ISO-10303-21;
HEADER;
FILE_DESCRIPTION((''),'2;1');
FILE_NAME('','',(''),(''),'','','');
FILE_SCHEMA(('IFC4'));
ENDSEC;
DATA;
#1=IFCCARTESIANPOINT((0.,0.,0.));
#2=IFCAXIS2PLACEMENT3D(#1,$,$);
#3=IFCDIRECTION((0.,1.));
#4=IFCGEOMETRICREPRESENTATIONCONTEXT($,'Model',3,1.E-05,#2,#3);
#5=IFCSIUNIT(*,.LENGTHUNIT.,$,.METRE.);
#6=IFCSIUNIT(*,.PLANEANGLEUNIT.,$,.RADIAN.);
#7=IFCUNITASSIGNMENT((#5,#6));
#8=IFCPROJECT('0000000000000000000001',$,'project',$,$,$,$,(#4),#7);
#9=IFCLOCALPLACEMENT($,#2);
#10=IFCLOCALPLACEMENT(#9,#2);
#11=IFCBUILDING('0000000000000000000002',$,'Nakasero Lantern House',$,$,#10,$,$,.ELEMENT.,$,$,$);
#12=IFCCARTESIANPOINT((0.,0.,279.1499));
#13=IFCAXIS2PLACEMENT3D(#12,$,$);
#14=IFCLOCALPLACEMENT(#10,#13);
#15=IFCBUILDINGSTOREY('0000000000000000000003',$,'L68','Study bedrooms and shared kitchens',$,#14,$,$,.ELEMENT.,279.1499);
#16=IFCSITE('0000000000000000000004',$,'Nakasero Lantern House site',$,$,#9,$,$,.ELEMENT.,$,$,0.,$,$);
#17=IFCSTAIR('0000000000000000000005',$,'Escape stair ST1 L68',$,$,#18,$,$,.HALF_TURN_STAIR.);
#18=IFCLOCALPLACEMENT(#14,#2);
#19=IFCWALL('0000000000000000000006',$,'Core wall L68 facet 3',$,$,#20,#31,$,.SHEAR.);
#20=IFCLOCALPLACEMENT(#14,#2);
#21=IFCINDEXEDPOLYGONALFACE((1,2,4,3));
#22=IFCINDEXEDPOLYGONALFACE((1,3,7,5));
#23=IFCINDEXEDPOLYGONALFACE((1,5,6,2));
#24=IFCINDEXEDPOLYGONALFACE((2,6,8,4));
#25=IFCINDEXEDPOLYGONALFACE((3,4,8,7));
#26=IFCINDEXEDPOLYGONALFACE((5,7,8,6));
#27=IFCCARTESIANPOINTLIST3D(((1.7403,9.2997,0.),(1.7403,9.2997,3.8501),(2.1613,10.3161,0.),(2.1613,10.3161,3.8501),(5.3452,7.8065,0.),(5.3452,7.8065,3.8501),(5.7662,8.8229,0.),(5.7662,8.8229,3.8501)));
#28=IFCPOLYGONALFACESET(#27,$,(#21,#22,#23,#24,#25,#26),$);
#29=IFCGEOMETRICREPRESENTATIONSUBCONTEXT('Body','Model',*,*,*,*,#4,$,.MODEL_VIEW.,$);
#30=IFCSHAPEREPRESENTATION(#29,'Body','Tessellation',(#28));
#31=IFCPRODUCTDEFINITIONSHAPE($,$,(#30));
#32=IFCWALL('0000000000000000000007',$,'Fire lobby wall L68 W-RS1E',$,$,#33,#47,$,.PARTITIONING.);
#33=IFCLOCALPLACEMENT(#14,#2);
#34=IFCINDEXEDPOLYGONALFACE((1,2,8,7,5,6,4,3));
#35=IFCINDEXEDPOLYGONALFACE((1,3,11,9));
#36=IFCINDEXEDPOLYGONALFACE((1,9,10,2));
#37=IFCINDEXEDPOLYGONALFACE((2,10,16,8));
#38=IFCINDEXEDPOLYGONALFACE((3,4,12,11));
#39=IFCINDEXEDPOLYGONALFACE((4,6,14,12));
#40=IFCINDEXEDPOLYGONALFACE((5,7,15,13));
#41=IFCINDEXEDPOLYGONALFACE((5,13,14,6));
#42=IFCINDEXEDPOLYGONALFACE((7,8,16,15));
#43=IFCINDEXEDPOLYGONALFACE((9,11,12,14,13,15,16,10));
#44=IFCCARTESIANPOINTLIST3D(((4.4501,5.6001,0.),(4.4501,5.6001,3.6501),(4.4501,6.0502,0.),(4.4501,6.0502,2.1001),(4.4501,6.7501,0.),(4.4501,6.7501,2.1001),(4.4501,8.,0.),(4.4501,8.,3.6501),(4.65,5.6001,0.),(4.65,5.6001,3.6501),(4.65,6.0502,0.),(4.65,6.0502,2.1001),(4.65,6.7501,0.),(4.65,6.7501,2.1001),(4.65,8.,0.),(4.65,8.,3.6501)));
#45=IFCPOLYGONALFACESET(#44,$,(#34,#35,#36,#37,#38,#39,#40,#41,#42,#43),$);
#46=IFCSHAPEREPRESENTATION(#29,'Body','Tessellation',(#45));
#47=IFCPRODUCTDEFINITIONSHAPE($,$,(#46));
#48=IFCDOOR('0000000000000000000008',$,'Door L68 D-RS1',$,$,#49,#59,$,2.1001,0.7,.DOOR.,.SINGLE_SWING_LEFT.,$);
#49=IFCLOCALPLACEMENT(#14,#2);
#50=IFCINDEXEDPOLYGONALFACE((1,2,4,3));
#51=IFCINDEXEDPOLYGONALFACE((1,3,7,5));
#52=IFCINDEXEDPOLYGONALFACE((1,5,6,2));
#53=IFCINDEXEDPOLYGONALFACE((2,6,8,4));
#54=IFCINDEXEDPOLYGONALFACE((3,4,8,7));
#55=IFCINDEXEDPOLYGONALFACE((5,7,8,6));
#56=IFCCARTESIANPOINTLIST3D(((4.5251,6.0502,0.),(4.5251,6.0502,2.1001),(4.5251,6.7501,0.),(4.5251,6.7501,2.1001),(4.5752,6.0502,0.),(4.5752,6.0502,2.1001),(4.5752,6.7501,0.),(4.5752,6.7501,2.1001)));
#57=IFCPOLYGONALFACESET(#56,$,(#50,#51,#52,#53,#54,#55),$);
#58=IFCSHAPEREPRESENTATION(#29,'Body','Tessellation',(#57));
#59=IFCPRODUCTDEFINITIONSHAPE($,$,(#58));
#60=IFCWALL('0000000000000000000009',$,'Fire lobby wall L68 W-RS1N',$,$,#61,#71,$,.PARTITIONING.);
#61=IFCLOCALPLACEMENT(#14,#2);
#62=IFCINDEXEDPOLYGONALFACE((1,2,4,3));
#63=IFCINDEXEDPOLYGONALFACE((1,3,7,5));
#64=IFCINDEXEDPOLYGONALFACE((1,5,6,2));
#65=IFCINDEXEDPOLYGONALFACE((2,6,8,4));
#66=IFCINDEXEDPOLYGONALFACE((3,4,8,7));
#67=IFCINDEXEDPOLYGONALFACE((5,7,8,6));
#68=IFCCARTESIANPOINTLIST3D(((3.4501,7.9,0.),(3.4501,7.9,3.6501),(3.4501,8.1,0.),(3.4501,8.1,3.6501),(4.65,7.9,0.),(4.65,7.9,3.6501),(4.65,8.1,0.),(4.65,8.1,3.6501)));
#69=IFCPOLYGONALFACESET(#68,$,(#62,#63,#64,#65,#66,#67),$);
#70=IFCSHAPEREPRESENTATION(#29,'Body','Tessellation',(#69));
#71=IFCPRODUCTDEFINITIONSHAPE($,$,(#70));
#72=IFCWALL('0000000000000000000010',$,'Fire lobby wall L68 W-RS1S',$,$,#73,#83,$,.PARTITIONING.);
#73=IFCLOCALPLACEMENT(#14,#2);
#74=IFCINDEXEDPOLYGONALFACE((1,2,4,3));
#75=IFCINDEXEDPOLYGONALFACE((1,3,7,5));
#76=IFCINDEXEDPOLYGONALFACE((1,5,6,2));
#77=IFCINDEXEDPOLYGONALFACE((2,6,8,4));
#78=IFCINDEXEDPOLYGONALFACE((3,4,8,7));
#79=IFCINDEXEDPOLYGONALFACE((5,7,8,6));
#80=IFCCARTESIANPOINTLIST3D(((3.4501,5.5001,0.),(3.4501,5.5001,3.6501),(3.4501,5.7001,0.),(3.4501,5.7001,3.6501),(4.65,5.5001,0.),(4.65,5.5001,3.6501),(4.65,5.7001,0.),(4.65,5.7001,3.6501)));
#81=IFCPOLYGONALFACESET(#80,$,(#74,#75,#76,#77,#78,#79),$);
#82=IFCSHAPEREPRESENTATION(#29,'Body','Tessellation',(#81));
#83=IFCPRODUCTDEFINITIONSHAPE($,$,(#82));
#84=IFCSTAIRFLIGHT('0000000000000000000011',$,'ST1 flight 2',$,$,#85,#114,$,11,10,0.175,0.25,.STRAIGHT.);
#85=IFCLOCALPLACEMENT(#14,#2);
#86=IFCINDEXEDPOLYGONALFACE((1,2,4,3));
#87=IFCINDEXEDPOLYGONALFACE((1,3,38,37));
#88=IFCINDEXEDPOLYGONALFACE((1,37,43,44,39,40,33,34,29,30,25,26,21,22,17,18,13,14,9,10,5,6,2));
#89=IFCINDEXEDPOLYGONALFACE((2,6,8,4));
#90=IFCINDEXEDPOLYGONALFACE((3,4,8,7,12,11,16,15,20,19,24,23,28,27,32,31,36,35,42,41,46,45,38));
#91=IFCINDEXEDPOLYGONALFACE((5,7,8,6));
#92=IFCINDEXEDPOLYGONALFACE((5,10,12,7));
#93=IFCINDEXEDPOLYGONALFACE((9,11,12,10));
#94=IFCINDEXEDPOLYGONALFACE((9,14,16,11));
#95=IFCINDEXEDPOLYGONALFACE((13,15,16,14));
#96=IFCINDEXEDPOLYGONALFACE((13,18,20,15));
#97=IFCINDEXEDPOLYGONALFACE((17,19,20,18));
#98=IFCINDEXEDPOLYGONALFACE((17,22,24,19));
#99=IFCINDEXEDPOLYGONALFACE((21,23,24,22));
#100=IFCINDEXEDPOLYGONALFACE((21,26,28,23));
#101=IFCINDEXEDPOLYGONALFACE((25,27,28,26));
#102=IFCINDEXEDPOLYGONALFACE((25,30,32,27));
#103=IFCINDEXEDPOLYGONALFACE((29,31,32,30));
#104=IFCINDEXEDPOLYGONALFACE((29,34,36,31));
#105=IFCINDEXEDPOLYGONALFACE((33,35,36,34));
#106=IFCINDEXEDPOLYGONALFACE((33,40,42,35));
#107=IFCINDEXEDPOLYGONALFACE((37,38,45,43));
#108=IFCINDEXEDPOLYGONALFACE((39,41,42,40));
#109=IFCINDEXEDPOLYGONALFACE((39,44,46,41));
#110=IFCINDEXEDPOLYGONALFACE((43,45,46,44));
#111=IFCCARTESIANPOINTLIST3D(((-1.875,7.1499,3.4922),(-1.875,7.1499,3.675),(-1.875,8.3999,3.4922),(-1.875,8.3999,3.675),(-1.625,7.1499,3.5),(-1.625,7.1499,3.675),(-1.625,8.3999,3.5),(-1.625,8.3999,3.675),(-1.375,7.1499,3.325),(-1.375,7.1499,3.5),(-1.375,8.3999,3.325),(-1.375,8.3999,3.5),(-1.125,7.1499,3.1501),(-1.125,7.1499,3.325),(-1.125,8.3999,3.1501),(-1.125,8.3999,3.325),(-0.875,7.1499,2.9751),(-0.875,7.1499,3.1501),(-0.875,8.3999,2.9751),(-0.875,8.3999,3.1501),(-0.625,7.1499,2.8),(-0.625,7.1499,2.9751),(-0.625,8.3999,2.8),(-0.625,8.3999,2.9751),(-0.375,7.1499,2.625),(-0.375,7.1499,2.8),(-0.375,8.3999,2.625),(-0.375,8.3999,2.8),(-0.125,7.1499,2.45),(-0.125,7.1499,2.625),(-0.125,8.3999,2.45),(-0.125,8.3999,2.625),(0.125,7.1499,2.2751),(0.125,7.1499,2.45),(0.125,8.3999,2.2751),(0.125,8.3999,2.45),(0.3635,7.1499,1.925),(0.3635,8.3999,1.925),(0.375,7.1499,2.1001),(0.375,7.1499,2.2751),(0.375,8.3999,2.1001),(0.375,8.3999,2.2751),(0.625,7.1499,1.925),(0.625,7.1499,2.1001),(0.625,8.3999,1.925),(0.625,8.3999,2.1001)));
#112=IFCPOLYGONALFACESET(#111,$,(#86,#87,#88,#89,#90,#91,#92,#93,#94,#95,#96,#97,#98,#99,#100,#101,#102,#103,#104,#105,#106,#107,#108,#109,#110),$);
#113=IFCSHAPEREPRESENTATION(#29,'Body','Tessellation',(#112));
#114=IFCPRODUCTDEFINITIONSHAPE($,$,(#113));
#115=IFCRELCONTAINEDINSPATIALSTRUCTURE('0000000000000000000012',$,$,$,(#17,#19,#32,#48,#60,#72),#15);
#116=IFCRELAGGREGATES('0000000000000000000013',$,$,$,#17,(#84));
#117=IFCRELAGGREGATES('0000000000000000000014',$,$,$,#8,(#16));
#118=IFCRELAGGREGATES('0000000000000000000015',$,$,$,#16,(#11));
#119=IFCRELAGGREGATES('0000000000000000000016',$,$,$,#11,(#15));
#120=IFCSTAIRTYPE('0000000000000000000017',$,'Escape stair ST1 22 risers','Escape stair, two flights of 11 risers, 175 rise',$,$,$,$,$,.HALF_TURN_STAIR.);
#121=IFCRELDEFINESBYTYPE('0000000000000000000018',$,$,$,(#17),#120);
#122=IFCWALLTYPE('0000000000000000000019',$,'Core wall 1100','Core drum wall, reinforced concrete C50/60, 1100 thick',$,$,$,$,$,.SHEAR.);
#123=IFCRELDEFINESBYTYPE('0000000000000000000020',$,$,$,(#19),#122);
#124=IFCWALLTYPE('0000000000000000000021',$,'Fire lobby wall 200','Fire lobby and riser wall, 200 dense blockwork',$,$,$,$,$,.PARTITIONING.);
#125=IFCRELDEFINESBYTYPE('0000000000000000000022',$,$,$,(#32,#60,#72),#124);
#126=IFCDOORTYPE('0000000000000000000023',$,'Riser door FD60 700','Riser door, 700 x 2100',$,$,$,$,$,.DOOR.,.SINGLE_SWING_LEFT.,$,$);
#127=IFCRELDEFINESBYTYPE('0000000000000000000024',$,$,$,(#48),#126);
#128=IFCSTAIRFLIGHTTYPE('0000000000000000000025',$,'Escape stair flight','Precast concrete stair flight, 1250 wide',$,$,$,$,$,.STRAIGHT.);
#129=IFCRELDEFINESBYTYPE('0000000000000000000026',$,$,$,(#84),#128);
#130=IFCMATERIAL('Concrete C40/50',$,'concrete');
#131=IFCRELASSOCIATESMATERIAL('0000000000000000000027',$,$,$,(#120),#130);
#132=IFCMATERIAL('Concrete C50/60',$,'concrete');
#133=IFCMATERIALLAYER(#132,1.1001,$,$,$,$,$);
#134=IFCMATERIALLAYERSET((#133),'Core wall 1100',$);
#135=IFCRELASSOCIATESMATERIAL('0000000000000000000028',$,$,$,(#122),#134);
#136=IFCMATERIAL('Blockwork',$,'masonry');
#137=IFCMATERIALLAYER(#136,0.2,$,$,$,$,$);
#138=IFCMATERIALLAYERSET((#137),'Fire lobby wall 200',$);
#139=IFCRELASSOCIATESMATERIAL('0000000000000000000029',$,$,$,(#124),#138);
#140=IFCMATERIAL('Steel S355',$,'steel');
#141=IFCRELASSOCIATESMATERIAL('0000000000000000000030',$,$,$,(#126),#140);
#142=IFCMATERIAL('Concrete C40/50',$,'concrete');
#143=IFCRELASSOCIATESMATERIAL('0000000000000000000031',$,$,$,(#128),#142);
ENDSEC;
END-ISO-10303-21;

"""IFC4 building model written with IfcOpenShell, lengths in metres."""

from ifc_helpers import new_model, si_unit, direction, frame, frame_2d, origin, place, context, subcontext, project, spatial, polyline, rectangle, outline, extrude, material, layer, layer_set, type_object, element, fill, aggregate, save


model = new_model("IFC4")

# Units and contexts
model_context = context("Model", 3, precision=1e-05, world=origin(), true_north=direction((0.0, 1.0)))
body_context = subcontext(model_context, "Body", "Model", "MODEL_VIEW")
ifc_project = project(units=[si_unit("LENGTHUNIT", "METRE"), si_unit("PLANEANGLEUNIT", "RADIAN")], contexts=[model_context])

# Site, building, storey
site_placement = place(None, origin())
site = spatial("IfcSite", under=ifc_project, at=site_placement, Name="Nakasero Lantern House site", CompositionType="ELEMENT", RefElevation=0.0)
building_placement = place(site_placement, origin())
building = spatial("IfcBuilding", under=site, at=building_placement, Name="Nakasero Lantern House", CompositionType="ELEMENT")
storey_placement = place(building_placement, frame((0.0, 0.0, 279.1499)))
storey = spatial("IfcBuildingStorey", under=building, at=storey_placement, Name="L68", Description="Study bedrooms and shared kitchens", CompositionType="ELEMENT", Elevation=279.1499)

# Stair
ifc_material_1 = material(Name="Concrete C40/50", Category="concrete")
stair_type_1 = type_object("IfcStairType", Name="Escape stair ST1 22 risers", Description="Escape stair, two flights of 11 risers, 175 rise", PredefinedType="HALF_TURN_STAIR", material=ifc_material_1)
stair_1_placement = place(storey_placement, origin())
stair_1 = element("IfcStair", 1, at=stair_1_placement, inside=storey, type_object=stair_type_1, Name="Escape stair ST1 L68", PredefinedType="HALF_TURN_STAIR")

# Shared definitions
ifc_material_2 = material(Name="Concrete C50/60", Category="concrete")
ifc_layer_1 = layer(ifc_material_2, 1.1001)
ifc_layer_set_1 = layer_set([ifc_layer_1], Name="Core wall 1100")
wall_type_1 = type_object("IfcWallType", Name="Core wall 1100", Description="Core drum wall, reinforced concrete C50/60, 1100 thick", PredefinedType="SHEAR", material=ifc_layer_set_1)

# Wall
wall_1_placement = place(storey_placement, frame((5.5557, 8.3147, 0.0), z_axis=(0.0, 0.0, 1.0), x_axis=(-0.923877, 0.382691, 0.0)))
element("IfcWall", 2, at=wall_1_placement, inside=storey, type_object=wall_type_1, Name="Core wall L68 facet 3", PredefinedType="SHEAR", context=body_context, shape_type="SweptSolid", body=[
    extrude(rectangle(XDim=3.9019, YDim=1.1001, at=frame_2d((1.9509, 0.0))), origin(), (0.0, 0.0, 1.0), 3.8501),
])

# Wall, opening, door
ifc_material_3 = material(Name="Blockwork", Category="masonry")
ifc_layer_2 = layer(ifc_material_3, 0.2)
ifc_layer_set_2 = layer_set([ifc_layer_2], Name="Fire lobby wall 200")
wall_type_2 = type_object("IfcWallType", Name="Fire lobby wall 200", Description="Fire lobby and riser wall, 200 dense blockwork", PredefinedType="PARTITIONING", material=ifc_layer_set_2)
wall_2_placement = place(storey_placement, frame((4.55, 5.6001, 0.0), z_axis=(0.0, 0.0, 1.0), x_axis=(0.0, 1.0, 0.0)))
wall_2 = element("IfcWall", 3, at=wall_2_placement, inside=storey, type_object=wall_type_2, Name="Fire lobby wall L68 W-RS1E", PredefinedType="PARTITIONING", context=body_context, shape_type="SweptSolid", body=[
    extrude(rectangle(XDim=2.3999, YDim=0.2, at=frame_2d((1.2, 0.0))), origin(), (0.0, 0.0, 1.0), 3.6501),
])
opening_1_placement = place(wall_2_placement, frame((0.45, 0.0, 0.0)))
opening_1 = element("IfcOpeningElement", 4, at=opening_1_placement, cuts=wall_2, PredefinedType="OPENING", context=body_context, shape_type="SweptSolid", body=[
    extrude(rectangle(XDim=0.7, YDim=2.1001, at=frame_2d((0.3501, 1.05))), frame((0.0, 0.1199, 0.0), z_axis=(0.0, -1.0, 0.0), x_axis=(1.0, 0.0, 0.0)), (0.0, 0.0, 1.0), 0.24),
])
ifc_material_4 = material(Name="Steel S355", Category="steel")
door_type_1 = type_object("IfcDoorType", Name="Riser door FD60 700", Description="Riser door, 700 x 2100", OperationType="SINGLE_SWING_LEFT", PredefinedType="DOOR", material=ifc_material_4)
door_1_placement = place(opening_1_placement, origin())
door_1 = element("IfcDoor", 5, at=door_1_placement, inside=storey, type_object=door_type_1, Name="Door L68 D-RS1", OperationType="SINGLE_SWING_LEFT", OverallHeight=2.1001, OverallWidth=0.7, PredefinedType="DOOR", context=body_context, shape_type="SweptSolid", body=[
    extrude(rectangle(XDim=0.7, YDim=2.1001, at=frame_2d((0.3501, 1.05))), frame((0.0, 0.0249, 0.0), z_axis=(0.0, -1.0, 0.0), x_axis=(1.0, 0.0, 0.0)), (0.0, 0.0, 1.0), 0.05),
])
fill(opening_1, door_1)

# Walls
for number, where, z_axis, x_axis, name in (
    (6, (3.45, 8.0, 0.0), (0.0, 0.0, 1.0), (1.0, 0.0, 0.0), "Fire lobby wall L68 W-RS1N"),
    (7, (3.45, 5.6001, 0.0), (0.0, 0.0, 1.0), (1.0, 0.0, 0.0), "Fire lobby wall L68 W-RS1S"),
):
    element("IfcWall", number, at=place(storey_placement, frame(where, z_axis=z_axis, x_axis=x_axis)), inside=storey, type_object=wall_type_2, Name=name, PredefinedType="PARTITIONING", context=body_context, shape_type="SweptSolid", body=[
        extrude(rectangle(XDim=1.2, YDim=0.2, at=frame_2d((0.6001, 0.0))), origin(), (0.0, 0.0, 1.0), 3.6501),
    ])

# Stair flight
ifc_material_5 = material(Name="Concrete C40/50", Category="concrete")
stair_flight_type = type_object("IfcStairFlightType", Name="Escape stair flight", Description="Precast concrete stair flight, 1250 wide", PredefinedType="STRAIGHT", material=ifc_material_5)
stair_flight_placement = place(storey_placement, frame((0.625, 7.7749, 1.925), z_axis=(0.0, 0.0, 1.0), x_axis=(-1.0, 0.0, 0.0)))
stair_flight = element("IfcStairFlight", 8, at=stair_flight_placement, type_object=stair_flight_type, Name="ST1 flight 2", NumberOfRisers=11, NumberOfTreads=10, PredefinedType="STRAIGHT", RiserHeight=0.175, TreadLength=0.25, context=body_context, shape_type="SweptSolid", body=[
    extrude(outline(polyline([(0.0, 0.0), (0.0, 0.175), (0.25, 0.175), (0.25, 0.3501), (0.5, 0.3501), (0.5, 0.5249), (0.75, 0.5249), (0.75, 0.7), (1.0, 0.7), (1.0, 0.875), (1.25, 0.875), (1.25, 1.05), (1.5, 1.05), (1.5, 1.2251), (1.75, 1.2251), (1.75, 1.3999), (2.0, 1.3999), (2.0, 1.575), (2.25, 1.575), (2.25, 1.75), (2.5, 1.75), (2.5, 1.925), (2.5, 1.5671), (0.2615, 0.0), (0.0, 0.0)])), frame((0.0, 0.625, 0.0), z_axis=(0.0, -1.0, 0.0), x_axis=(1.0, 0.0, 0.0)), (0.0, 0.0, 1.0), 1.25),
])
aggregate(stair_1, [stair_flight])

save(model, "model.ifc")
